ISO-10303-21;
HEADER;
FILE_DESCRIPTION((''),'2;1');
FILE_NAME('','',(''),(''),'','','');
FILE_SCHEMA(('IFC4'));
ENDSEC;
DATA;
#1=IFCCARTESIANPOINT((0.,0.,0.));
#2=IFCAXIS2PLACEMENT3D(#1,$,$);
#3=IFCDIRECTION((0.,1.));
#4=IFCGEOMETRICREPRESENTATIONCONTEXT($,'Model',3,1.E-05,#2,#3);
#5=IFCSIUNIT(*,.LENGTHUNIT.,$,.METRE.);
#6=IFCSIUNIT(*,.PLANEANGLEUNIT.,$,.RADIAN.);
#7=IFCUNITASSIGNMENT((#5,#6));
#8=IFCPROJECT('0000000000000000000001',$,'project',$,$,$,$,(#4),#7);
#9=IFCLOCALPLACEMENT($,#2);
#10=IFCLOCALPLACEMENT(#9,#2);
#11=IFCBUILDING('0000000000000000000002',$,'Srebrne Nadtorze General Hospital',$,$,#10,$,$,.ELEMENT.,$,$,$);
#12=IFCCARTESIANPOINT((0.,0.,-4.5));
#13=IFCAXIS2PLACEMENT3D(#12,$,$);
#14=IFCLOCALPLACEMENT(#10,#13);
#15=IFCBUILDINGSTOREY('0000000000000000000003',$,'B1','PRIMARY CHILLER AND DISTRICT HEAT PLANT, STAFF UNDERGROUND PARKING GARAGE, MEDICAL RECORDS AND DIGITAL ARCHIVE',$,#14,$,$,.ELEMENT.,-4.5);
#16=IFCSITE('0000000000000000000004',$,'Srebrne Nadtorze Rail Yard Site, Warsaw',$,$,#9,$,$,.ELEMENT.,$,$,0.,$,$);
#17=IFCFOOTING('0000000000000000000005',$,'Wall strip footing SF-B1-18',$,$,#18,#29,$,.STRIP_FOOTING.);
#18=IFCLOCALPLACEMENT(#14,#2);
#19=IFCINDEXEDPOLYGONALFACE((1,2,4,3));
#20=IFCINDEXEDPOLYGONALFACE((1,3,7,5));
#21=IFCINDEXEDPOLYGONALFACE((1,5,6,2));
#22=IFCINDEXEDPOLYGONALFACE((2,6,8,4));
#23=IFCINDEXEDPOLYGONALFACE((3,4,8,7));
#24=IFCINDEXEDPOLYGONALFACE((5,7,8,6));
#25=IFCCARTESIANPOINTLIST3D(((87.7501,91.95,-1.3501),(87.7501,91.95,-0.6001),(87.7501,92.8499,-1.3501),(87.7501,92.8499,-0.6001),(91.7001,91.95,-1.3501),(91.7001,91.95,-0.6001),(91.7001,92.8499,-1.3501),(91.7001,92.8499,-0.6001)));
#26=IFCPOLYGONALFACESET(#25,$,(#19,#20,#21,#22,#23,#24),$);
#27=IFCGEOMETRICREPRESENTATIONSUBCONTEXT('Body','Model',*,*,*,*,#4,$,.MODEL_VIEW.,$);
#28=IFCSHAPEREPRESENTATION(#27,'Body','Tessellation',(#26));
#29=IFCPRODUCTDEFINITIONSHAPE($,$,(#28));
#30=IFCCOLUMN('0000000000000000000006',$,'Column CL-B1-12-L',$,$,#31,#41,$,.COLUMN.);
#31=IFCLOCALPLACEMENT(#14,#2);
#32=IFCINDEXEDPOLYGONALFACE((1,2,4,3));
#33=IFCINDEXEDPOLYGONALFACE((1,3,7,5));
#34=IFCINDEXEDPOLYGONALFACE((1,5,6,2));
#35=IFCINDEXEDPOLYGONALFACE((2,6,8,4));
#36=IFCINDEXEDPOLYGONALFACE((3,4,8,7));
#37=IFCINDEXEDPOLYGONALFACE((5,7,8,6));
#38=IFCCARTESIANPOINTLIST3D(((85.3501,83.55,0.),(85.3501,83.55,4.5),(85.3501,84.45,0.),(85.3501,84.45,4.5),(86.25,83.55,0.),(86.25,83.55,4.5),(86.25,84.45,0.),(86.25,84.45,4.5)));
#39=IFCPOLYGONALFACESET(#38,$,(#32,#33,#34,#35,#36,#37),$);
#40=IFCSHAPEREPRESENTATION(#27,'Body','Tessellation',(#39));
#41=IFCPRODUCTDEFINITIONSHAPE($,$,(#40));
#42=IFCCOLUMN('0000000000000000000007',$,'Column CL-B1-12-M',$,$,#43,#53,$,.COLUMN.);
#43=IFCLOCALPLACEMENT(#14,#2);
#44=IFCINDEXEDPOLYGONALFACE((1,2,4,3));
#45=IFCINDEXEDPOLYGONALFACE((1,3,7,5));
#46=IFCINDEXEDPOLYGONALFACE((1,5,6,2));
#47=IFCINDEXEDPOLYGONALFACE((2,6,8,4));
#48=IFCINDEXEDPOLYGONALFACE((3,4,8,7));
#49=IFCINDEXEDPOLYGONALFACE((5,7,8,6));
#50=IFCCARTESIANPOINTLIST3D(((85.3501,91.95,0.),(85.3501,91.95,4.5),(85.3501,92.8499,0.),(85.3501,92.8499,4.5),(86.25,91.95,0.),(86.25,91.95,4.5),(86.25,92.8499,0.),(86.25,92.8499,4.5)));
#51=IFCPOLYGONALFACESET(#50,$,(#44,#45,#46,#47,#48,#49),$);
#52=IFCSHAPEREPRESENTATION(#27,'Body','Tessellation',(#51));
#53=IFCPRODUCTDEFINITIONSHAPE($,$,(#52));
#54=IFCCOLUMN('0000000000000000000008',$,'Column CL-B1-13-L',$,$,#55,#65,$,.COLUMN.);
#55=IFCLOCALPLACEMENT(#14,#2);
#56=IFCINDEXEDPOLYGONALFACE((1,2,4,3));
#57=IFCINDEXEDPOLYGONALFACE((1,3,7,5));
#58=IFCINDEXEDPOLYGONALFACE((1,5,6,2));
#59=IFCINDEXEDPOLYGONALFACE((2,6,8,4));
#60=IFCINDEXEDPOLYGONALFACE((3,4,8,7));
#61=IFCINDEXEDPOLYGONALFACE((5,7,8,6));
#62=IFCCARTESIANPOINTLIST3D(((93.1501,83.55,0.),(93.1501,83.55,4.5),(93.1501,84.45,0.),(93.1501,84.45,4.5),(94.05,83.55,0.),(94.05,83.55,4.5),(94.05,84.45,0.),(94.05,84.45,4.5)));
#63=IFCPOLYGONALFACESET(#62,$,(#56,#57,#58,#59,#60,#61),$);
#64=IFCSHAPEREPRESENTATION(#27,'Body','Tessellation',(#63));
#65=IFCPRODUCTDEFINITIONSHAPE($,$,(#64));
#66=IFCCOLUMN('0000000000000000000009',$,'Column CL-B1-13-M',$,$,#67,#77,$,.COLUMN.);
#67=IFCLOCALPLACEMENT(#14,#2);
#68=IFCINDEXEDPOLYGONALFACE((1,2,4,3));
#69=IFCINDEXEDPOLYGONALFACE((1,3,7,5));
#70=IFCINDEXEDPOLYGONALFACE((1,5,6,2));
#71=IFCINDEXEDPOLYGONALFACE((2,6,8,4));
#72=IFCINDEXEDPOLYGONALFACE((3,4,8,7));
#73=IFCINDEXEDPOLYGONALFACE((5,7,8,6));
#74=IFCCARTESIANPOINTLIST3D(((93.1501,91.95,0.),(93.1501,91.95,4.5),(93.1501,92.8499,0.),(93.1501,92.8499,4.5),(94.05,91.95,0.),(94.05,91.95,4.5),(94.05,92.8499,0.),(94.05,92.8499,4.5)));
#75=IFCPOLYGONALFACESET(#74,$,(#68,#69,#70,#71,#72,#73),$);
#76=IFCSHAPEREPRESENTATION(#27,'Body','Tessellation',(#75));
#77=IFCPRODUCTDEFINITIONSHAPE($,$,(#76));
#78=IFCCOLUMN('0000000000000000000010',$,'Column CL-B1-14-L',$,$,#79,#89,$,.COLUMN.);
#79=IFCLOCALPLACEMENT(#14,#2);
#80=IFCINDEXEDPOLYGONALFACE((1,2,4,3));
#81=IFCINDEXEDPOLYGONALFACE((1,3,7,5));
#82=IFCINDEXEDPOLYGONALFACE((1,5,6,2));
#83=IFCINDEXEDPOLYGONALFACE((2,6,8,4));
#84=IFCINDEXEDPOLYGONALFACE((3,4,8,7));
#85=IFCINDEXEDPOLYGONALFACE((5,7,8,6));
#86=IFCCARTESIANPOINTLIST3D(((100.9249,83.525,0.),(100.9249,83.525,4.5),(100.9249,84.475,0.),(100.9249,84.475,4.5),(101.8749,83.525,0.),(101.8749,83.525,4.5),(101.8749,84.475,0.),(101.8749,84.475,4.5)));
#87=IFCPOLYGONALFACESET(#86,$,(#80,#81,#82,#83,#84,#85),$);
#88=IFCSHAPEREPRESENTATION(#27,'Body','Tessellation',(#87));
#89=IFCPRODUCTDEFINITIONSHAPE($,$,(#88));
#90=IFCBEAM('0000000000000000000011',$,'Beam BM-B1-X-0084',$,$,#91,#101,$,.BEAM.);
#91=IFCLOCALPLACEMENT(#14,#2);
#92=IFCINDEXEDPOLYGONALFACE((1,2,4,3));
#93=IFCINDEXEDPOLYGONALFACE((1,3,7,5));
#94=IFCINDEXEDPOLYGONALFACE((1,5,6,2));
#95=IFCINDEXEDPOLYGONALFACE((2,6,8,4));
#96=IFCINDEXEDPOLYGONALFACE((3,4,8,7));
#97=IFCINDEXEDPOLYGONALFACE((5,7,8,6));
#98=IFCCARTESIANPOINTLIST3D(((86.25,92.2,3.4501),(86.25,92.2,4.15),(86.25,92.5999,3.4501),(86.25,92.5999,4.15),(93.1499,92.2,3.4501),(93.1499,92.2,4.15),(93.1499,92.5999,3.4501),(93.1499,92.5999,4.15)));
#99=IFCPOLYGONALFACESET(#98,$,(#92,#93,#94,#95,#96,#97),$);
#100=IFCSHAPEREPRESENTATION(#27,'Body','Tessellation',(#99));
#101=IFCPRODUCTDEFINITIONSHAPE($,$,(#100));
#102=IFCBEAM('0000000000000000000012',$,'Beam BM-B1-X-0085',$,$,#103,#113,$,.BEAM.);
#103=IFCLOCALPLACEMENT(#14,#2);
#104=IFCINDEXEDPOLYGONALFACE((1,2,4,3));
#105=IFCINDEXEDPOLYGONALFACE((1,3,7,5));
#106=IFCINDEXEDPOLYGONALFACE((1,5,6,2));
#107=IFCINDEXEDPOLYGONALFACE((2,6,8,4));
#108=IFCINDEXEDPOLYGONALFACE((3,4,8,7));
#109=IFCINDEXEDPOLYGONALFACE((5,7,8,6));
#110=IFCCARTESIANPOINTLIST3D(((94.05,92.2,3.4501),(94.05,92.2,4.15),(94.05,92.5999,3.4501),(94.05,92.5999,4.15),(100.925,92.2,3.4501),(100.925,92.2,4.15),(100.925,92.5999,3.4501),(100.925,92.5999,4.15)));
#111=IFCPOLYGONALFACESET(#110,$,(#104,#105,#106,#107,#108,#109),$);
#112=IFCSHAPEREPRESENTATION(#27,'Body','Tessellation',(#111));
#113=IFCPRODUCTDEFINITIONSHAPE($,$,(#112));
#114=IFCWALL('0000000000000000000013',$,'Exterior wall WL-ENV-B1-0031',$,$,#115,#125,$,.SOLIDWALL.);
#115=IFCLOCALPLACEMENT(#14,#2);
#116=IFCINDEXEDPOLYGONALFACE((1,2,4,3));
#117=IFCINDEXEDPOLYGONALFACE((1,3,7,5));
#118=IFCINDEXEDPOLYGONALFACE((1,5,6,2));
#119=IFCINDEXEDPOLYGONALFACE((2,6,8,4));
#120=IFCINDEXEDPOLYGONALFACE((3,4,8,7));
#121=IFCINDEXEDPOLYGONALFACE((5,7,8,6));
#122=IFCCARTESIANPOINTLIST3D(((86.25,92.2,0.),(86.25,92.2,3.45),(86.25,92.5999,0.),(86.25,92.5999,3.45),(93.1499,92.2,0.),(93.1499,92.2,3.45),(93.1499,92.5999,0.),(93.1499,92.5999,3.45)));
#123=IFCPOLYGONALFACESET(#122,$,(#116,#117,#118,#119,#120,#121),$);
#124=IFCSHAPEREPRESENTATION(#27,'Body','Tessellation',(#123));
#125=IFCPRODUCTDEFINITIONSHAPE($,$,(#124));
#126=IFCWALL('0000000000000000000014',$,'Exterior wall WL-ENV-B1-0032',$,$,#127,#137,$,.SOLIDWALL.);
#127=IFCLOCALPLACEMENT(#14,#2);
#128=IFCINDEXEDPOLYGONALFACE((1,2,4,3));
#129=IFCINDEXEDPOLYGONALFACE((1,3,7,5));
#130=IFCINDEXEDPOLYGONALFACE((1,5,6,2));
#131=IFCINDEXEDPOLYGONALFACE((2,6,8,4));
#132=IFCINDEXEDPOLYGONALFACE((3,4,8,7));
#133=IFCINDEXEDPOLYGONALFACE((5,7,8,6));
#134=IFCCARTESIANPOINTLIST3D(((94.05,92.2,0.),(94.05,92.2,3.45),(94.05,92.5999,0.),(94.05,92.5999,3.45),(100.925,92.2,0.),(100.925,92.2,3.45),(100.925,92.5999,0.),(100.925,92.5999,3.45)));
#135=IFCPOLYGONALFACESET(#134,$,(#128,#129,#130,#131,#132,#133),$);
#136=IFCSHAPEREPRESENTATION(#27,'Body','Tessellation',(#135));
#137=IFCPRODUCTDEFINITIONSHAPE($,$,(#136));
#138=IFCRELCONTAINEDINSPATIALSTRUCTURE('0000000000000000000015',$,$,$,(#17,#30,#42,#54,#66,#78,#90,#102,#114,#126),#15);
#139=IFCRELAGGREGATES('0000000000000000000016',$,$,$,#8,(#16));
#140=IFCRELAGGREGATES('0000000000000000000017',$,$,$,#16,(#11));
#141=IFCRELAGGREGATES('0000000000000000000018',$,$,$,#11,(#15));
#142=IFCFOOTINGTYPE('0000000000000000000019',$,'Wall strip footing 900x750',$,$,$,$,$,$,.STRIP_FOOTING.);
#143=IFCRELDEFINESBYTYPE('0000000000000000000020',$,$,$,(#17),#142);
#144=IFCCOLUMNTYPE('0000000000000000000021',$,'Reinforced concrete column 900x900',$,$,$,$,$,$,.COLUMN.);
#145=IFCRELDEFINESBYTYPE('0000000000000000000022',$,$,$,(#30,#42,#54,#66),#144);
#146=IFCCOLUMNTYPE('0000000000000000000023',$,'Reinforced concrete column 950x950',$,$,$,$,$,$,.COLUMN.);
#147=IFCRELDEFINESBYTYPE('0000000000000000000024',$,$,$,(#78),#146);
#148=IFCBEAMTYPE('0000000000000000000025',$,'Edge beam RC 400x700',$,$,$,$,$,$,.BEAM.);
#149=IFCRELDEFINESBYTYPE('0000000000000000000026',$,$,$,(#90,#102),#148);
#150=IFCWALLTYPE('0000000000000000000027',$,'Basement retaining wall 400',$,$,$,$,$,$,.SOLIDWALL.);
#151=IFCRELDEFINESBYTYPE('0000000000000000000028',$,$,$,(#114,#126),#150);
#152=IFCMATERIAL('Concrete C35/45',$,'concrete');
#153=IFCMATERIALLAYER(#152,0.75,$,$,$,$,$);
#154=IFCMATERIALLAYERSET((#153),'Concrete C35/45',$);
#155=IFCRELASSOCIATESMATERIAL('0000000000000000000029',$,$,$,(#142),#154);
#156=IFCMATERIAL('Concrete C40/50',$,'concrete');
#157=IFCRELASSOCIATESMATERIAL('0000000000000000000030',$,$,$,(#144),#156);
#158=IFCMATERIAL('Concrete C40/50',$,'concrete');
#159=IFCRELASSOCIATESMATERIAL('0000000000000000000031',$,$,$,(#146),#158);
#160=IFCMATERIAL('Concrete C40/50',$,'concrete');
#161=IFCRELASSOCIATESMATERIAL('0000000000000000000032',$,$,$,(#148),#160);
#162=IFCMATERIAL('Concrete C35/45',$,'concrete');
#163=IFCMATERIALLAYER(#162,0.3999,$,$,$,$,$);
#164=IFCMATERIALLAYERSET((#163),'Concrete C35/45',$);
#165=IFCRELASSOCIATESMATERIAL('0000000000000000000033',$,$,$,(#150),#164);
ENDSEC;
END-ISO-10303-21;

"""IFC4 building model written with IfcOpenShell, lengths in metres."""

from ifc_helpers import new_model, si_unit, direction, frame, frame_2d, origin, origin_2d, place, context, subcontext, project, spatial, rectangle, extrude, material, layer, layer_set, material_profile, profile_set, type_object, element, save


model = new_model("IFC4")

# Units and contexts
model_context = context("Model", 3, precision=1e-05, world=origin(), true_north=direction((0.0, 1.0)))
body_context = subcontext(model_context, "Body", "Model", "MODEL_VIEW")
ifc_project = project(units=[si_unit("LENGTHUNIT", "METRE"), si_unit("PLANEANGLEUNIT", "RADIAN")], contexts=[model_context])

# Site, building, storey
site_placement = place(None, origin())
site = spatial("IfcSite", under=ifc_project, at=site_placement, Name="Srebrne Nadtorze Rail Yard Site, Warsaw", CompositionType="ELEMENT", RefElevation=0.0)
building_placement = place(site_placement, origin())
building = spatial("IfcBuilding", under=site, at=building_placement, Name="Srebrne Nadtorze General Hospital", CompositionType="ELEMENT")
storey_placement = place(building_placement, frame((0.0, 0.0, -4.5)))
storey = spatial("IfcBuildingStorey", under=building, at=storey_placement, Name="B1", Description="PRIMARY CHILLER AND DISTRICT HEAT PLANT, STAFF UNDERGROUND PARKING GARAGE, MEDICAL RECORDS AND DIGITAL ARCHIVE", CompositionType="ELEMENT", Elevation=-4.5)

# Footing
ifc_material_1 = material(Name="Concrete C35/45", Category="concrete")
ifc_layer_1 = layer(ifc_material_1, 0.75)
ifc_layer_set_1 = layer_set([ifc_layer_1], Name="Concrete C35/45")
footing_type_1 = type_object("IfcFootingType", Name="Wall strip footing 900x750", PredefinedType="STRIP_FOOTING", material=ifc_layer_set_1)
footing_1_placement = place(storey_placement, frame((89.7251, 92.3999, -1.3501), z_axis=(0.0, 0.0, 1.0), x_axis=(1.0, 0.0, 0.0)))
element("IfcFooting", 1, at=footing_1_placement, inside=storey, type_object=footing_type_1, Name="Wall strip footing SF-B1-18", PredefinedType="STRIP_FOOTING", context=body_context, shape_type="SweptSolid", body=[
    extrude(rectangle(XDim=3.95, YDim=0.8999, at=origin_2d()), origin(), (0.0, 0.0, 1.0), 0.75),
])

# Columns
ifc_material_2 = material(Name="Concrete C40/50", Category="concrete")
ifc_material_profile_1 = material_profile(ifc_material_2, rectangle(XDim=0.8999, YDim=0.8999, at=origin_2d()), Name="RC-COL-900x900")
ifc_profile_set_1 = profile_set([ifc_material_profile_1], Name="Concrete C40/50")
column_type_1 = type_object("IfcColumnType", Name="Reinforced concrete column 900x900", PredefinedType="COLUMN", material=ifc_profile_set_1)
for number, where, z_axis, x_axis, name in (
    (2, (85.8, 84.0, 0.0), (0.0, 0.0, 1.0), (1.0, 0.0, 0.0), "Column CL-B1-12-L"),
    (3, (85.8, 92.3999, 0.0), (0.0, 0.0, 1.0), (1.0, 0.0, 0.0), "Column CL-B1-12-M"),
    (4, (93.6001, 84.0, 0.0), (0.0, 0.0, 1.0), (1.0, 0.0, 0.0), "Column CL-B1-13-L"),
    (5, (93.6001, 92.3999, 0.0), (0.0, 0.0, 1.0), (1.0, 0.0, 0.0), "Column CL-B1-13-M"),
):
    element("IfcColumn", number, at=place(storey_placement, frame(where, z_axis=z_axis, x_axis=x_axis)), inside=storey, type_object=column_type_1, Name=name, PredefinedType="COLUMN", context=body_context, shape_type="SweptSolid", body=[
        extrude(rectangle(XDim=0.8999, YDim=0.8999, at=origin_2d()), origin(), (0.0, 0.0, 1.0), 4.5),
    ])
ifc_material_3 = material(Name="Concrete C40/50", Category="concrete")
ifc_material_profile_2 = material_profile(ifc_material_3, rectangle(XDim=0.95, YDim=0.95, at=origin_2d()), Name="RC-COL-950x950")
ifc_profile_set_2 = profile_set([ifc_material_profile_2], Name="Concrete C40/50")
column_type_2 = type_object("IfcColumnType", Name="Reinforced concrete column 950x950", PredefinedType="COLUMN", material=ifc_profile_set_2)
column_placement = place(storey_placement, frame((101.3999, 84.0, 0.0), z_axis=(0.0, 0.0, 1.0), x_axis=(1.0, 0.0, 0.0)))
element("IfcColumn", 6, at=column_placement, inside=storey, type_object=column_type_2, Name="Column CL-B1-14-L", PredefinedType="COLUMN", context=body_context, shape_type="SweptSolid", body=[
    extrude(rectangle(XDim=0.95, YDim=0.95, at=origin_2d()), origin(), (0.0, 0.0, 1.0), 4.5),
])

# Beams
ifc_material_4 = material(Name="Concrete C40/50", Category="concrete")
ifc_material_profile_3 = material_profile(ifc_material_4, rectangle(XDim=0.3999, YDim=0.7, at=origin_2d()), Name="RC-BM-400x700")
ifc_profile_set_3 = profile_set([ifc_material_profile_3], Name="Concrete C40/50")
beam_type = type_object("IfcBeamType", Name="Edge beam RC 400x700", PredefinedType="BEAM", material=ifc_profile_set_3)
beam_1_placement = place(storey_placement, frame((86.25, 92.3999, 3.8), z_axis=(1.0, 0.0, 0.0), x_axis=(0.0, 1.0, 0.0)))
element("IfcBeam", 7, at=beam_1_placement, inside=storey, type_object=beam_type, Name="Beam BM-B1-X-0084", PredefinedType="BEAM", context=body_context, shape_type="SweptSolid", body=[
    extrude(rectangle(XDim=0.3999, YDim=0.7, at=origin_2d()), origin(), (0.0, 0.0, 1.0), 6.8999),
])
beam_2_placement = place(storey_placement, frame((94.05, 92.3999, 3.8), z_axis=(1.0, 0.0, 0.0), x_axis=(0.0, 1.0, 0.0)))
element("IfcBeam", 8, at=beam_2_placement, inside=storey, type_object=beam_type, Name="Beam BM-B1-X-0085", PredefinedType="BEAM", context=body_context, shape_type="SweptSolid", body=[
    extrude(rectangle(XDim=0.3999, YDim=0.7, at=origin_2d()), origin(), (0.0, 0.0, 1.0), 6.875),
])

# Walls
ifc_material_5 = material(Name="Concrete C35/45", Category="concrete")
ifc_layer_2 = layer(ifc_material_5, 0.3999)
ifc_layer_set_2 = layer_set([ifc_layer_2], Name="Concrete C35/45")
wall_type = type_object("IfcWallType", Name="Basement retaining wall 400", PredefinedType="SOLIDWALL", material=ifc_layer_set_2)
wall_1_placement = place(storey_placement, frame((86.25, 92.3999, 0.0), z_axis=(0.0, 0.0, 1.0), x_axis=(1.0, 0.0, 0.0)))
element("IfcWall", 9, at=wall_1_placement, inside=storey, type_object=wall_type, Name="Exterior wall WL-ENV-B1-0031", PredefinedType="SOLIDWALL", context=body_context, shape_type="SweptSolid", body=[
    extrude(rectangle(XDim=6.8999, YDim=0.3999, at=frame_2d((3.45, 0.0))), origin(), (0.0, 0.0, 1.0), 3.45),
])
wall_2_placement = place(storey_placement, frame((94.05, 92.3999, 0.0), z_axis=(0.0, 0.0, 1.0), x_axis=(1.0, 0.0, 0.0)))
element("IfcWall", 10, at=wall_2_placement, inside=storey, type_object=wall_type, Name="Exterior wall WL-ENV-B1-0032", PredefinedType="SOLIDWALL", context=body_context, shape_type="SweptSolid", body=[
    extrude(rectangle(XDim=6.875, YDim=0.3999, at=frame_2d((3.4375, 0.0))), origin(), (0.0, 0.0, 1.0), 3.45),
])

save(model, "model.ifc")
